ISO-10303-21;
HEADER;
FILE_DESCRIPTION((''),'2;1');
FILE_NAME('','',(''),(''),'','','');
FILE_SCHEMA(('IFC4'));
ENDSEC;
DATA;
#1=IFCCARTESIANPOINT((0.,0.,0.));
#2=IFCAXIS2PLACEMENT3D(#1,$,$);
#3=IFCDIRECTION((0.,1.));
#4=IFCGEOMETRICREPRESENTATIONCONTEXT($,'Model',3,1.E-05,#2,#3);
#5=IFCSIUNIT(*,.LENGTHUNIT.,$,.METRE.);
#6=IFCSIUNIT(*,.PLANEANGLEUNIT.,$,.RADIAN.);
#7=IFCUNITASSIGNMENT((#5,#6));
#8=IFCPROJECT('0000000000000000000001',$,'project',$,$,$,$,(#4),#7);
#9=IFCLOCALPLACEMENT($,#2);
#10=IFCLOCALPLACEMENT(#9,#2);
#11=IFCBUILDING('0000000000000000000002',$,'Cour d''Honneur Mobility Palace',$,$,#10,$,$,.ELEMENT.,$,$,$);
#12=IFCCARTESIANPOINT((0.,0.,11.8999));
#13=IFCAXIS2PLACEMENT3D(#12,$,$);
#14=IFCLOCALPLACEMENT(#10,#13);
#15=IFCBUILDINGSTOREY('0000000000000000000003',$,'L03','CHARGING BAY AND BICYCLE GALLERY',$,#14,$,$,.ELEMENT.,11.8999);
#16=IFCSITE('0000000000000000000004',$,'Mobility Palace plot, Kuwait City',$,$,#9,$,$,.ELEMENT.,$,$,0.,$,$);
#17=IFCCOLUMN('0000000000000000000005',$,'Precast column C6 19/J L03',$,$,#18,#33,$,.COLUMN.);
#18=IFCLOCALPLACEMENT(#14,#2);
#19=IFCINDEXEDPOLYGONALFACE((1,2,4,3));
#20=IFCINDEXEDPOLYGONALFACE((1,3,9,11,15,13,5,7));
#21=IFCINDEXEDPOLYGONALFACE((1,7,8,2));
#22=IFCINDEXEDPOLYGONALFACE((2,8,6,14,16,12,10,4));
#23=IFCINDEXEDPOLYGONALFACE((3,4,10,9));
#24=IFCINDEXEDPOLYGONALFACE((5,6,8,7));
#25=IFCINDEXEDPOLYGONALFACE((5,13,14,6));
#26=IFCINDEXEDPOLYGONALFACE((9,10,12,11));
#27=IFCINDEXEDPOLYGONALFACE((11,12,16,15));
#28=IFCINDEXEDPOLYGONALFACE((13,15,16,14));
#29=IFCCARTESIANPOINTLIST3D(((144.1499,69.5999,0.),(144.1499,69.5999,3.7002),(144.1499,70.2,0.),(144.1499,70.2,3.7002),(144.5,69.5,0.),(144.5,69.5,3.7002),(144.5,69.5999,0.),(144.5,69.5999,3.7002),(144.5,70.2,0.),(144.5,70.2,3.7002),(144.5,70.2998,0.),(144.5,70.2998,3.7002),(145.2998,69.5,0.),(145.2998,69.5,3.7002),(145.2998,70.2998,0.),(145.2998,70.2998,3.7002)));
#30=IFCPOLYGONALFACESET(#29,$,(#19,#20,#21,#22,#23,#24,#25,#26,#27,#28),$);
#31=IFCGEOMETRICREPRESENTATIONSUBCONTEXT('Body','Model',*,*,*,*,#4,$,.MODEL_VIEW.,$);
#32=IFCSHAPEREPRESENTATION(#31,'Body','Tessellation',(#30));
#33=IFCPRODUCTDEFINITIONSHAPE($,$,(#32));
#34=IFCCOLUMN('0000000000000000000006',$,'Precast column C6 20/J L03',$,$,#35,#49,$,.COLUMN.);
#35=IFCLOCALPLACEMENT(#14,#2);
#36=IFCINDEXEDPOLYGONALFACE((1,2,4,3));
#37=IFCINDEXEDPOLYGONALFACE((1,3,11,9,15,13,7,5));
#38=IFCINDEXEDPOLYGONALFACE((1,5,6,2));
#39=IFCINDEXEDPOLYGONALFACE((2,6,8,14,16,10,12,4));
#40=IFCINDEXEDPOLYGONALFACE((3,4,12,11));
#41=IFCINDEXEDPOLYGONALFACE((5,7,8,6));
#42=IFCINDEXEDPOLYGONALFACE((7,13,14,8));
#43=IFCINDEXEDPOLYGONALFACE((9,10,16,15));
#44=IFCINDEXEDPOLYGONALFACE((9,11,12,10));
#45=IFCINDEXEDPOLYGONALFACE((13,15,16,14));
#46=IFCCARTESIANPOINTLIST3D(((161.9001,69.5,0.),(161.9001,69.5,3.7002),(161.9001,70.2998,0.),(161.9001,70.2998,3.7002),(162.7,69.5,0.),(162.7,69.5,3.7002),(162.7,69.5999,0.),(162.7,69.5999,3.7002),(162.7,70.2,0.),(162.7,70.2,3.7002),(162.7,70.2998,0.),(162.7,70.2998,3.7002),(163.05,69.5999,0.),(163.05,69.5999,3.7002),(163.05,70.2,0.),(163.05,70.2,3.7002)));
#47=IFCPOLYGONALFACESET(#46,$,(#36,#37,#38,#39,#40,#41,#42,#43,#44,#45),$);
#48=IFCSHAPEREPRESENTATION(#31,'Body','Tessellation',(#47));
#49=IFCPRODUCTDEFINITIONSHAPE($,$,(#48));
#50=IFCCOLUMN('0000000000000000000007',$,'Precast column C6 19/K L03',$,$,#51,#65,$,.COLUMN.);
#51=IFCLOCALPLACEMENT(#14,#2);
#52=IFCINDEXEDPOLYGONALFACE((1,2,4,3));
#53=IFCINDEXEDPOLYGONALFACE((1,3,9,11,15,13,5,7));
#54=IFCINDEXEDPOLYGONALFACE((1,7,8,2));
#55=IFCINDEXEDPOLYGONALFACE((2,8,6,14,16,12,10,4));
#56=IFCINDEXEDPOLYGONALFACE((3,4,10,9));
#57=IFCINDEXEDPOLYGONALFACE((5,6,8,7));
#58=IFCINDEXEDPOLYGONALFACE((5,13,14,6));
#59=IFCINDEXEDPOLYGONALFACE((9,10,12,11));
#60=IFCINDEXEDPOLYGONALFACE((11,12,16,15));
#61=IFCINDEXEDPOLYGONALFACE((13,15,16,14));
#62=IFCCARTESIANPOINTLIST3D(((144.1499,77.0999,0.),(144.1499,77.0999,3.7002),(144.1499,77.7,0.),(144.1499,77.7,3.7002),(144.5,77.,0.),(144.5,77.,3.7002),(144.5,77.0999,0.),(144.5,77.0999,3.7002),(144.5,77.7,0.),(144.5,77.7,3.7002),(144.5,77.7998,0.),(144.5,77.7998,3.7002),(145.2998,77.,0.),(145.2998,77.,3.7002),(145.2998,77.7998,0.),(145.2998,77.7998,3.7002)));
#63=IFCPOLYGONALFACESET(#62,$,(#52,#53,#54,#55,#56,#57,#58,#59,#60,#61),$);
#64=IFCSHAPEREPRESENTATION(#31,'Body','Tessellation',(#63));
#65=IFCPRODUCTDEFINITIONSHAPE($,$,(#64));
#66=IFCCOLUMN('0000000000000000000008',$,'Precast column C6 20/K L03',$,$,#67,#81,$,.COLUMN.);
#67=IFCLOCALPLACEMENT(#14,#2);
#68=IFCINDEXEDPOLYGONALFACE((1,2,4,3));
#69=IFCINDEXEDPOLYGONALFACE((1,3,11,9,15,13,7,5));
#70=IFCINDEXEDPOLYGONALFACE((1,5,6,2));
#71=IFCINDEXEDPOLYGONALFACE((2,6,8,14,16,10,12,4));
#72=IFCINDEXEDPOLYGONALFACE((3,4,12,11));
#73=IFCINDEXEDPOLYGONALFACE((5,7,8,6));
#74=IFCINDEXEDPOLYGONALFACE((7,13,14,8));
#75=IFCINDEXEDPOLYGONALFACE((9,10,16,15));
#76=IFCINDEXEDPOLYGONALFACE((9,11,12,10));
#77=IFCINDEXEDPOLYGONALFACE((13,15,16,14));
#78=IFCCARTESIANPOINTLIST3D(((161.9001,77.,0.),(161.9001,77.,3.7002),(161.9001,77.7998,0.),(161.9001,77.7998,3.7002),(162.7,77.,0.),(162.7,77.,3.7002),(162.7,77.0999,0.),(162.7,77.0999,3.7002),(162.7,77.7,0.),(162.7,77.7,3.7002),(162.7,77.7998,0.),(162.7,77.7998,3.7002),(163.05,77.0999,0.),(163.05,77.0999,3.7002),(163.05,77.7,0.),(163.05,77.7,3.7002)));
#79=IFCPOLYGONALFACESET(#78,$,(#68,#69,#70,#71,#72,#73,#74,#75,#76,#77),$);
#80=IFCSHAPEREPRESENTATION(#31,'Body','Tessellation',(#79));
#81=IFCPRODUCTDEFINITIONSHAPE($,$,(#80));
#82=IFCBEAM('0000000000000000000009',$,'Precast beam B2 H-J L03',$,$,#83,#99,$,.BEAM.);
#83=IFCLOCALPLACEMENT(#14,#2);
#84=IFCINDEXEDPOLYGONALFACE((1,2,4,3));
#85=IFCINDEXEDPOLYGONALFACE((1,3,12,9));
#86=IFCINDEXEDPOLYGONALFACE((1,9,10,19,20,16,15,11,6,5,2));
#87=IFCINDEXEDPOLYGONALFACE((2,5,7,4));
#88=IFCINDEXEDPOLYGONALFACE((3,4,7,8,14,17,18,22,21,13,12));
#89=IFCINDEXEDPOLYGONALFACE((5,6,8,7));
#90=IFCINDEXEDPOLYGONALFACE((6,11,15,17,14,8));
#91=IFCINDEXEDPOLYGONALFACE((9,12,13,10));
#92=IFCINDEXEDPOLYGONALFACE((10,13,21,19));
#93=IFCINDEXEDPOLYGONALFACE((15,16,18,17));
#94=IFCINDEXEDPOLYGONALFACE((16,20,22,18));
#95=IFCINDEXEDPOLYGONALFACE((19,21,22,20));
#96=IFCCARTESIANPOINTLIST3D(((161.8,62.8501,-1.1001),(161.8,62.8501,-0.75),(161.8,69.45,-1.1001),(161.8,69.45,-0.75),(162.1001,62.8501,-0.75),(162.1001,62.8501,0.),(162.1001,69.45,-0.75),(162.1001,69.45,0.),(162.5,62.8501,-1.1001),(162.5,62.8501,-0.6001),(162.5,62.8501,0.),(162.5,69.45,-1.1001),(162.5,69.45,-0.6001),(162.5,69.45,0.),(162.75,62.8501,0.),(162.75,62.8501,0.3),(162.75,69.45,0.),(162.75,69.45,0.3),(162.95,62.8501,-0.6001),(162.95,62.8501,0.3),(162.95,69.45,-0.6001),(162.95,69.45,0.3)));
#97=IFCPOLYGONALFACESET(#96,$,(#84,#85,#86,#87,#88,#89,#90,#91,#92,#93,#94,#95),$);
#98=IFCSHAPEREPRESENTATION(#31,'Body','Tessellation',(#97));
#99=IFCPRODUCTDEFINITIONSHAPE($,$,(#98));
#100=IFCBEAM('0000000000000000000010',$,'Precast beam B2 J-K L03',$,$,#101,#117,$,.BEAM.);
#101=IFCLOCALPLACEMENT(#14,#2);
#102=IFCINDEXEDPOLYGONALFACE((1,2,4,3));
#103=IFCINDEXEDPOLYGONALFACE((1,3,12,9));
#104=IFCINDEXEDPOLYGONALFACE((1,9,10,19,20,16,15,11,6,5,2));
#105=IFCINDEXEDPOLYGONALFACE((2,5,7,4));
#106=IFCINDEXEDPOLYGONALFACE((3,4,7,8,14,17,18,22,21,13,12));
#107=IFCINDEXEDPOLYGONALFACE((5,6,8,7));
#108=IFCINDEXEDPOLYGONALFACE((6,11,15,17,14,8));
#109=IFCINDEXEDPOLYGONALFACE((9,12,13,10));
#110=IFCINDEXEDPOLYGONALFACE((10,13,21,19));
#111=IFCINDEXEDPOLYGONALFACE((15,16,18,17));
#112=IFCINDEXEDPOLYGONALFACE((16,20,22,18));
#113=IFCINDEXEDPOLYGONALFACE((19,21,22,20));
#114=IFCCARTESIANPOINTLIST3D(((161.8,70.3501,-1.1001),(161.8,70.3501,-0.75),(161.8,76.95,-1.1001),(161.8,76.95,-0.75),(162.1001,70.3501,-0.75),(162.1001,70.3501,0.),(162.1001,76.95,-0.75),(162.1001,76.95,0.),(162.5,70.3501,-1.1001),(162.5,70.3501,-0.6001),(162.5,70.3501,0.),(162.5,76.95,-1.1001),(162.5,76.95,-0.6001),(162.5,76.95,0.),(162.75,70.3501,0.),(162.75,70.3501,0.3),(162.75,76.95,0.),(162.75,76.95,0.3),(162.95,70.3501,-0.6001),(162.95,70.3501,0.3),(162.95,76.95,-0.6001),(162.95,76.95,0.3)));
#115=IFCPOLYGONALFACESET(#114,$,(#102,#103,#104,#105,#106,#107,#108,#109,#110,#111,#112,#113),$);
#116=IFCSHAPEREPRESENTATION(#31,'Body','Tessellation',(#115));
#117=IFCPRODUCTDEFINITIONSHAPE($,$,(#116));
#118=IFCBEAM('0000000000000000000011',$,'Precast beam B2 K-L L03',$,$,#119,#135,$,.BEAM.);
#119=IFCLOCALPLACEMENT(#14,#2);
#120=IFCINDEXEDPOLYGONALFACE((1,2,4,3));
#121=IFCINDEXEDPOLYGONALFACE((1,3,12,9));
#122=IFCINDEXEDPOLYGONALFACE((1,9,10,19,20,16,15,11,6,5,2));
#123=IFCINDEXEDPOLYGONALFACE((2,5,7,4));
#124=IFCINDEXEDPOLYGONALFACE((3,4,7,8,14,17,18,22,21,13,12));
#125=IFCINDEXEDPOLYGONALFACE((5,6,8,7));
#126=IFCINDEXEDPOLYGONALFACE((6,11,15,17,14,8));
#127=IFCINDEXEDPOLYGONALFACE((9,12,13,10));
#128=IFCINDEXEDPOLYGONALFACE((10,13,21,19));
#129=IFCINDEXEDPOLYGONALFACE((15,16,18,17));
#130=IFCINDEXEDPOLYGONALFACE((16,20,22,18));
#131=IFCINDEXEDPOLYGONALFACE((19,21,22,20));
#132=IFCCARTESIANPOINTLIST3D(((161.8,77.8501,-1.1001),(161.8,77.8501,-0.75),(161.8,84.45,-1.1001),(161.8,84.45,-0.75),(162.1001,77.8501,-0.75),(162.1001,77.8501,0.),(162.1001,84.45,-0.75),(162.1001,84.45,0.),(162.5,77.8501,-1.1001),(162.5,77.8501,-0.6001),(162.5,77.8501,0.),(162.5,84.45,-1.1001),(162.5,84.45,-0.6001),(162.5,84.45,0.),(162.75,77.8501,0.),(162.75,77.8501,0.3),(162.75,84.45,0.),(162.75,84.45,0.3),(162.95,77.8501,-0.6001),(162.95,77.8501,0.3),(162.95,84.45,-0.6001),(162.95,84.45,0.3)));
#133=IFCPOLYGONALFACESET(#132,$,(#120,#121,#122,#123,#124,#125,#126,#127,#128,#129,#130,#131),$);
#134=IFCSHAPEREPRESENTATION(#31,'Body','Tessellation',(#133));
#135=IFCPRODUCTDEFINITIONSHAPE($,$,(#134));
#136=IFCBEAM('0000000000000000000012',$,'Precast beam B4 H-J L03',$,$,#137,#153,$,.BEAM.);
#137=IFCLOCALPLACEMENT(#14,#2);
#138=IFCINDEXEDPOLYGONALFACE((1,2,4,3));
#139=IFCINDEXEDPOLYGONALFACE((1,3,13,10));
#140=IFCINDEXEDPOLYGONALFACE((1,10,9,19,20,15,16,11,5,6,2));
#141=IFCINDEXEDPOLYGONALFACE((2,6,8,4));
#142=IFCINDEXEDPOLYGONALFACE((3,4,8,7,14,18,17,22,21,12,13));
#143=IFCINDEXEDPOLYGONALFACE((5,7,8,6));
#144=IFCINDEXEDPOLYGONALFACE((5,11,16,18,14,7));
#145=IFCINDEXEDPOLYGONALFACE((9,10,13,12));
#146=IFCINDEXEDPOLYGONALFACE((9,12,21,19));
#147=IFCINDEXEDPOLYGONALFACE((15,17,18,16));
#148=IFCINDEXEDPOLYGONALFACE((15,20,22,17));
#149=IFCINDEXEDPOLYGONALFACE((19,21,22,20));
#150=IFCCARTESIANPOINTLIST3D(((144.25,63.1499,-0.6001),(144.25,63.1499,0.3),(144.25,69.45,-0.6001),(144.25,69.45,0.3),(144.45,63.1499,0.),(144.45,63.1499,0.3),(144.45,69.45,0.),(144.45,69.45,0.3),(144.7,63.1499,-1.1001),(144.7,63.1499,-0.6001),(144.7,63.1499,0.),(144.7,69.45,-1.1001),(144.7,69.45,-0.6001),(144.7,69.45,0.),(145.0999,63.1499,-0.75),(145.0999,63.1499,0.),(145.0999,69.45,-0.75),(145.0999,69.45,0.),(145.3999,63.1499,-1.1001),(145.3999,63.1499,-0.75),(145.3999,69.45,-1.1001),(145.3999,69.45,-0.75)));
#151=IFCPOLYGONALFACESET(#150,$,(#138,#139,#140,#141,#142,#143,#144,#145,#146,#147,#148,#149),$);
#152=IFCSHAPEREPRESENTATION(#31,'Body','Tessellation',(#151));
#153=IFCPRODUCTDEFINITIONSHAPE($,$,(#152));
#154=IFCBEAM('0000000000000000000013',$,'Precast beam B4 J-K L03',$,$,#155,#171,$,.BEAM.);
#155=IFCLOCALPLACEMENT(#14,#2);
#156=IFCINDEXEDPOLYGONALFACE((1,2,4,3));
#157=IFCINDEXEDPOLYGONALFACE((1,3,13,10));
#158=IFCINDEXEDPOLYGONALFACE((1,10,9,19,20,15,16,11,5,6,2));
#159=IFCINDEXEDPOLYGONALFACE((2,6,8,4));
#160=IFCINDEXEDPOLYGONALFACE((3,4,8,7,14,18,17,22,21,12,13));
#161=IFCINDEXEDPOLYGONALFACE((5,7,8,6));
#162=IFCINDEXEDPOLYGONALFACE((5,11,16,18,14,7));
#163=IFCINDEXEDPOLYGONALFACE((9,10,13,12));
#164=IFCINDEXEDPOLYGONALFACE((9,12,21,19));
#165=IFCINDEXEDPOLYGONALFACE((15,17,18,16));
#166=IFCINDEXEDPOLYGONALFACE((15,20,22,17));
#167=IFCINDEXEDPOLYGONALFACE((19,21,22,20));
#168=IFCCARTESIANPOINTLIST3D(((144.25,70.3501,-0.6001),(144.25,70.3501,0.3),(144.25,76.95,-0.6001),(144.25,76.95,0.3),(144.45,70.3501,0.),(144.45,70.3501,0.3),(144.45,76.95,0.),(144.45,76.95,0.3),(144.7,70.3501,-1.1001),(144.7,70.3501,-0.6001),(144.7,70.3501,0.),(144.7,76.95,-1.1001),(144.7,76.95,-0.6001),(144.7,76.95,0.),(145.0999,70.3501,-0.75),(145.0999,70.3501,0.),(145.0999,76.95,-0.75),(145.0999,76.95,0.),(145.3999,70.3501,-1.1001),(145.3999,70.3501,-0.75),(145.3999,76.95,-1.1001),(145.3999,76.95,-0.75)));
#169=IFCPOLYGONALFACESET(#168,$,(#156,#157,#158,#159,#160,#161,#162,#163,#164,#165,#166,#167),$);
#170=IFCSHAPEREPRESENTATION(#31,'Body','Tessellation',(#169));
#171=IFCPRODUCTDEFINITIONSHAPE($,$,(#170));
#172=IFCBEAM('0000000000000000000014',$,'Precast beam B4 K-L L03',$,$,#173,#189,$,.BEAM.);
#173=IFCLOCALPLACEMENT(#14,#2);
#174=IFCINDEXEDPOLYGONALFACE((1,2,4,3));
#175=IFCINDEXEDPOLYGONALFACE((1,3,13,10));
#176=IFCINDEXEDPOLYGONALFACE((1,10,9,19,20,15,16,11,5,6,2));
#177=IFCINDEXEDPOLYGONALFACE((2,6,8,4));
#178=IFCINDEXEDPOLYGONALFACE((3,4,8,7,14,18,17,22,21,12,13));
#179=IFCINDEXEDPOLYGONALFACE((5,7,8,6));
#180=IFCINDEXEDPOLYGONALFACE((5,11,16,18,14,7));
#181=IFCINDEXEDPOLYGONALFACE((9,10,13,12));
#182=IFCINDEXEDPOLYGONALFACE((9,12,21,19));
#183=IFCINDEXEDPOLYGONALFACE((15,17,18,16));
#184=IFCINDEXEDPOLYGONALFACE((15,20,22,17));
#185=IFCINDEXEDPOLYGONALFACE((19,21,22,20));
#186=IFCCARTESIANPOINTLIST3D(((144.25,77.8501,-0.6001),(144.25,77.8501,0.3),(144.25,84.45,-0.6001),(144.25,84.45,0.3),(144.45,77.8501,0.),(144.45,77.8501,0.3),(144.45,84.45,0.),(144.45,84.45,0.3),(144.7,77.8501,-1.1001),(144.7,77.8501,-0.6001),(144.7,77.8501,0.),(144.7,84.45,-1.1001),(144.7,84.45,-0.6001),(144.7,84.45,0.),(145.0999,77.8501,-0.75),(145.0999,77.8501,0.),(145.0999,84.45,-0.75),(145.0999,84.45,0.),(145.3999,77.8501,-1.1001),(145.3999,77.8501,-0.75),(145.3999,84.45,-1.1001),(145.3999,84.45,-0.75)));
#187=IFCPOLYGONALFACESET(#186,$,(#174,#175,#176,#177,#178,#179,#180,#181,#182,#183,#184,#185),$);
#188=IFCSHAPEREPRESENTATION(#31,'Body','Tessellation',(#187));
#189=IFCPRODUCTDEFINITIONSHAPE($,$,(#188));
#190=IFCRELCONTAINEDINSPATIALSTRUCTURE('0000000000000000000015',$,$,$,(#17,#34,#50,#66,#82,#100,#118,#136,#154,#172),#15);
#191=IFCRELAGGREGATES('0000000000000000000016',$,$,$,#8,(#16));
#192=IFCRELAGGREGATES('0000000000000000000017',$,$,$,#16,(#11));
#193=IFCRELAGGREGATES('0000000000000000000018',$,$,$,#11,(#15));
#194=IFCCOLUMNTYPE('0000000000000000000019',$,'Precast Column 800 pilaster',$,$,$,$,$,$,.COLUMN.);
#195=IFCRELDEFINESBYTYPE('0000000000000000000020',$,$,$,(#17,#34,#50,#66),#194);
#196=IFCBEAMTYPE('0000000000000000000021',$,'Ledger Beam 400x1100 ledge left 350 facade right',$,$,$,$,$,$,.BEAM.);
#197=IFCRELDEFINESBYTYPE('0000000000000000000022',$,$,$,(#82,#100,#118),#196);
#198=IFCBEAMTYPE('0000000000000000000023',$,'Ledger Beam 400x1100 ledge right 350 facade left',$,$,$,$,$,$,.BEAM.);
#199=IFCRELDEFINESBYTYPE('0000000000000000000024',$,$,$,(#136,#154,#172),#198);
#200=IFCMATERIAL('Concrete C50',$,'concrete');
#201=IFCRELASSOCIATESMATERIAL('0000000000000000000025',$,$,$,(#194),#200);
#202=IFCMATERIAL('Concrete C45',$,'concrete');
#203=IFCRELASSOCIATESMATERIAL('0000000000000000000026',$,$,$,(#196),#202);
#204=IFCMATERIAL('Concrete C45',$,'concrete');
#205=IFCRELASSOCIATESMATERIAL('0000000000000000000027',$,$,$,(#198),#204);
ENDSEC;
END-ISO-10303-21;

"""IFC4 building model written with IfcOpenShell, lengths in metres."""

from ifc_helpers import new_model, si_unit, direction, frame, origin, place, context, subcontext, project, spatial, polyline, outline, extrude, material, material_profile, profile_set, type_object, element, save


model = new_model("IFC4")

# Units and contexts
model_context = context("Model", 3, precision=1e-05, world=origin(), true_north=direction((0.0, 1.0)))
body_context = subcontext(model_context, "Body", "Model", "MODEL_VIEW")
ifc_project = project(units=[si_unit("LENGTHUNIT", "METRE"), si_unit("PLANEANGLEUNIT", "RADIAN")], contexts=[model_context])

# Site, building, storey
site_placement = place(None, origin())
site = spatial("IfcSite", under=ifc_project, at=site_placement, Name="Mobility Palace plot, Kuwait City", CompositionType="ELEMENT", RefElevation=0.0)
building_placement = place(site_placement, origin())
building = spatial("IfcBuilding", under=site, at=building_placement, Name="Cour d'Honneur Mobility Palace", CompositionType="ELEMENT")
storey_placement = place(building_placement, frame((0.0, 0.0, 11.8999)))
storey = spatial("IfcBuildingStorey", under=building, at=storey_placement, Name="L03", Description="CHARGING BAY AND BICYCLE GALLERY", CompositionType="ELEMENT", Elevation=11.8999)

# Columns
ifc_material_1 = material(Name="Concrete C50", Category="concrete")
ifc_material_profile_1 = material_profile(ifc_material_1, outline(polyline([(-0.3999, -0.3999), (0.3999, -0.3999), (0.3999, -0.3), (0.75, -0.3), (0.75, 0.3), (0.3999, 0.3), (0.3999, 0.3999), (-0.3999, 0.3999), (-0.3999, -0.3999)])), Name="PC C800 pilaster")
ifc_profile_set_1 = profile_set([ifc_material_profile_1], Name="Concrete C50")
column_type = type_object("IfcColumnType", Name="Precast Column 800 pilaster", PredefinedType="COLUMN", material=ifc_profile_set_1)
for number, where, z_axis, x_axis, name in (
    (1, (144.8999, 69.8999, 0.0), (0.0, 0.0, 1.0), (-1.0, 0.0, 0.0), "Precast column C6 19/J L03"),
    (2, (162.3, 69.8999, 0.0), (0.0, 0.0, 1.0), (1.0, 0.0, 0.0), "Precast column C6 20/J L03"),
    (3, (144.8999, 77.3999, 0.0), (0.0, 0.0, 1.0), (-1.0, 0.0, 0.0), "Precast column C6 19/K L03"),
    (4, (162.3, 77.3999, 0.0), (0.0, 0.0, 1.0), (1.0, 0.0, 0.0), "Precast column C6 20/K L03"),
):
    element("IfcColumn", number, at=place(storey_placement, frame(where, z_axis=z_axis, x_axis=x_axis)), inside=storey, type_object=column_type, Name=name, PredefinedType="COLUMN", context=body_context, shape_type="SweptSolid", body=[
        extrude(outline(polyline([(-0.3999, -0.3999), (0.3999, -0.3999), (0.3999, -0.3), (0.75, -0.3), (0.75, 0.3), (0.3999, 0.3), (0.3999, 0.3999), (-0.3999, 0.3999), (-0.3999, -0.3999)])), origin(), (0.0, 0.0, 1.0), 3.7002),
    ])

# Beams
ifc_material_2 = material(Name="Concrete C45", Category="concrete")
ifc_material_profile_2 = material_profile(ifc_material_2, outline(polyline([(0.5, -1.1001), (0.5, -0.75), (0.2, -0.75), (0.2, 0.0), (-0.2, 0.0), (-0.45, 0.0), (-0.45, 0.3), (-0.6499, 0.3), (-0.6499, -0.6001), (-0.2, -0.6001), (-0.2, -1.1001), (0.5, -1.1001)])), Name="Ledger Beam 400x1100 ledge left 350 facade right")
ifc_profile_set_2 = profile_set([ifc_material_profile_2], Name="Concrete C45")
beam_type_1 = type_object("IfcBeamType", Name="Ledger Beam 400x1100 ledge left 350 facade right", PredefinedType="BEAM", material=ifc_profile_set_2)
for number, where, z_axis, x_axis, name in (
    (5, (162.3, 62.8501, 0.0), (0.0, 1.0, 0.0), (-1.0, 0.0, 0.0), "Precast beam B2 H-J L03"),
    (6, (162.3, 70.3501, 0.0), (0.0, 1.0, 0.0), (-1.0, 0.0, 0.0), "Precast beam B2 J-K L03"),
    (7, (162.3, 77.8501, 0.0), (0.0, 1.0, 0.0), (-1.0, 0.0, 0.0), "Precast beam B2 K-L L03"),
):
    element("IfcBeam", number, at=place(storey_placement, frame(where, z_axis=z_axis, x_axis=x_axis)), inside=storey, type_object=beam_type_1, Name=name, PredefinedType="BEAM", context=body_context, shape_type="SweptSolid", body=[
        extrude(outline(polyline([(0.5, -1.1001), (0.5, -0.75), (0.2, -0.75), (0.2, 0.0), (-0.2, 0.0), (-0.45, 0.0), (-0.45, 0.3), (-0.6499, 0.3), (-0.6499, -0.6001), (-0.2, -0.6001), (-0.2, -1.1001), (0.5, -1.1001)])), origin(), (0.0, 0.0, 1.0), 6.5999),
    ])
ifc_material_3 = material(Name="Concrete C45", Category="concrete")
ifc_material_profile_3 = material_profile(ifc_material_3, outline(polyline([(0.2, -1.1001), (0.2, -0.6001), (0.6499, -0.6001), (0.6499, 0.3), (0.45, 0.3), (0.45, 0.0), (0.2, 0.0), (-0.2, 0.0), (-0.2, -0.75), (-0.5, -0.75), (-0.5, -1.1001), (0.2, -1.1001)])), Name="Ledger Beam 400x1100 ledge right 350 facade left")
ifc_profile_set_3 = profile_set([ifc_material_profile_3], Name="Concrete C45")
beam_type_2 = type_object("IfcBeamType", Name="Ledger Beam 400x1100 ledge right 350 facade left", PredefinedType="BEAM", material=ifc_profile_set_3)
beam_placement = place(storey_placement, frame((144.8999, 63.1499, 0.0), z_axis=(0.0, 1.0, 0.0), x_axis=(-1.0, 0.0, 0.0)))
element("IfcBeam", 8, at=beam_placement, inside=storey, type_object=beam_type_2, Name="Precast beam B4 H-J L03", PredefinedType="BEAM", context=body_context, shape_type="SweptSolid", body=[
    extrude(outline(polyline([(0.2, -1.1001), (0.2, -0.6001), (0.6499, -0.6001), (0.6499, 0.3), (0.45, 0.3), (0.45, 0.0), (0.2, 0.0), (-0.2, 0.0), (-0.2, -0.75), (-0.5, -0.75), (-0.5, -1.1001), (0.2, -1.1001)])), origin(), (0.0, 0.0, 1.0), 6.3),
])
for number, where, z_axis, x_axis, name in (
    (9, (144.8999, 70.3501, 0.0), (0.0, 1.0, 0.0), (-1.0, 0.0, 0.0), "Precast beam B4 J-K L03"),
    (10, (144.8999, 77.8501, 0.0), (0.0, 1.0, 0.0), (-1.0, 0.0, 0.0), "Precast beam B4 K-L L03"),
):
    element("IfcBeam", number, at=place(storey_placement, frame(where, z_axis=z_axis, x_axis=x_axis)), inside=storey, type_object=beam_type_2, Name=name, PredefinedType="BEAM", context=body_context, shape_type="SweptSolid", body=[
        extrude(outline(polyline([(0.2, -1.1001), (0.2, -0.6001), (0.6499, -0.6001), (0.6499, 0.3), (0.45, 0.3), (0.45, 0.0), (0.2, 0.0), (-0.2, 0.0), (-0.2, -0.75), (-0.5, -0.75), (-0.5, -1.1001), (0.2, -1.1001)])), origin(), (0.0, 0.0, 1.0), 6.5999),
    ])

save(model, "model.ifc")
